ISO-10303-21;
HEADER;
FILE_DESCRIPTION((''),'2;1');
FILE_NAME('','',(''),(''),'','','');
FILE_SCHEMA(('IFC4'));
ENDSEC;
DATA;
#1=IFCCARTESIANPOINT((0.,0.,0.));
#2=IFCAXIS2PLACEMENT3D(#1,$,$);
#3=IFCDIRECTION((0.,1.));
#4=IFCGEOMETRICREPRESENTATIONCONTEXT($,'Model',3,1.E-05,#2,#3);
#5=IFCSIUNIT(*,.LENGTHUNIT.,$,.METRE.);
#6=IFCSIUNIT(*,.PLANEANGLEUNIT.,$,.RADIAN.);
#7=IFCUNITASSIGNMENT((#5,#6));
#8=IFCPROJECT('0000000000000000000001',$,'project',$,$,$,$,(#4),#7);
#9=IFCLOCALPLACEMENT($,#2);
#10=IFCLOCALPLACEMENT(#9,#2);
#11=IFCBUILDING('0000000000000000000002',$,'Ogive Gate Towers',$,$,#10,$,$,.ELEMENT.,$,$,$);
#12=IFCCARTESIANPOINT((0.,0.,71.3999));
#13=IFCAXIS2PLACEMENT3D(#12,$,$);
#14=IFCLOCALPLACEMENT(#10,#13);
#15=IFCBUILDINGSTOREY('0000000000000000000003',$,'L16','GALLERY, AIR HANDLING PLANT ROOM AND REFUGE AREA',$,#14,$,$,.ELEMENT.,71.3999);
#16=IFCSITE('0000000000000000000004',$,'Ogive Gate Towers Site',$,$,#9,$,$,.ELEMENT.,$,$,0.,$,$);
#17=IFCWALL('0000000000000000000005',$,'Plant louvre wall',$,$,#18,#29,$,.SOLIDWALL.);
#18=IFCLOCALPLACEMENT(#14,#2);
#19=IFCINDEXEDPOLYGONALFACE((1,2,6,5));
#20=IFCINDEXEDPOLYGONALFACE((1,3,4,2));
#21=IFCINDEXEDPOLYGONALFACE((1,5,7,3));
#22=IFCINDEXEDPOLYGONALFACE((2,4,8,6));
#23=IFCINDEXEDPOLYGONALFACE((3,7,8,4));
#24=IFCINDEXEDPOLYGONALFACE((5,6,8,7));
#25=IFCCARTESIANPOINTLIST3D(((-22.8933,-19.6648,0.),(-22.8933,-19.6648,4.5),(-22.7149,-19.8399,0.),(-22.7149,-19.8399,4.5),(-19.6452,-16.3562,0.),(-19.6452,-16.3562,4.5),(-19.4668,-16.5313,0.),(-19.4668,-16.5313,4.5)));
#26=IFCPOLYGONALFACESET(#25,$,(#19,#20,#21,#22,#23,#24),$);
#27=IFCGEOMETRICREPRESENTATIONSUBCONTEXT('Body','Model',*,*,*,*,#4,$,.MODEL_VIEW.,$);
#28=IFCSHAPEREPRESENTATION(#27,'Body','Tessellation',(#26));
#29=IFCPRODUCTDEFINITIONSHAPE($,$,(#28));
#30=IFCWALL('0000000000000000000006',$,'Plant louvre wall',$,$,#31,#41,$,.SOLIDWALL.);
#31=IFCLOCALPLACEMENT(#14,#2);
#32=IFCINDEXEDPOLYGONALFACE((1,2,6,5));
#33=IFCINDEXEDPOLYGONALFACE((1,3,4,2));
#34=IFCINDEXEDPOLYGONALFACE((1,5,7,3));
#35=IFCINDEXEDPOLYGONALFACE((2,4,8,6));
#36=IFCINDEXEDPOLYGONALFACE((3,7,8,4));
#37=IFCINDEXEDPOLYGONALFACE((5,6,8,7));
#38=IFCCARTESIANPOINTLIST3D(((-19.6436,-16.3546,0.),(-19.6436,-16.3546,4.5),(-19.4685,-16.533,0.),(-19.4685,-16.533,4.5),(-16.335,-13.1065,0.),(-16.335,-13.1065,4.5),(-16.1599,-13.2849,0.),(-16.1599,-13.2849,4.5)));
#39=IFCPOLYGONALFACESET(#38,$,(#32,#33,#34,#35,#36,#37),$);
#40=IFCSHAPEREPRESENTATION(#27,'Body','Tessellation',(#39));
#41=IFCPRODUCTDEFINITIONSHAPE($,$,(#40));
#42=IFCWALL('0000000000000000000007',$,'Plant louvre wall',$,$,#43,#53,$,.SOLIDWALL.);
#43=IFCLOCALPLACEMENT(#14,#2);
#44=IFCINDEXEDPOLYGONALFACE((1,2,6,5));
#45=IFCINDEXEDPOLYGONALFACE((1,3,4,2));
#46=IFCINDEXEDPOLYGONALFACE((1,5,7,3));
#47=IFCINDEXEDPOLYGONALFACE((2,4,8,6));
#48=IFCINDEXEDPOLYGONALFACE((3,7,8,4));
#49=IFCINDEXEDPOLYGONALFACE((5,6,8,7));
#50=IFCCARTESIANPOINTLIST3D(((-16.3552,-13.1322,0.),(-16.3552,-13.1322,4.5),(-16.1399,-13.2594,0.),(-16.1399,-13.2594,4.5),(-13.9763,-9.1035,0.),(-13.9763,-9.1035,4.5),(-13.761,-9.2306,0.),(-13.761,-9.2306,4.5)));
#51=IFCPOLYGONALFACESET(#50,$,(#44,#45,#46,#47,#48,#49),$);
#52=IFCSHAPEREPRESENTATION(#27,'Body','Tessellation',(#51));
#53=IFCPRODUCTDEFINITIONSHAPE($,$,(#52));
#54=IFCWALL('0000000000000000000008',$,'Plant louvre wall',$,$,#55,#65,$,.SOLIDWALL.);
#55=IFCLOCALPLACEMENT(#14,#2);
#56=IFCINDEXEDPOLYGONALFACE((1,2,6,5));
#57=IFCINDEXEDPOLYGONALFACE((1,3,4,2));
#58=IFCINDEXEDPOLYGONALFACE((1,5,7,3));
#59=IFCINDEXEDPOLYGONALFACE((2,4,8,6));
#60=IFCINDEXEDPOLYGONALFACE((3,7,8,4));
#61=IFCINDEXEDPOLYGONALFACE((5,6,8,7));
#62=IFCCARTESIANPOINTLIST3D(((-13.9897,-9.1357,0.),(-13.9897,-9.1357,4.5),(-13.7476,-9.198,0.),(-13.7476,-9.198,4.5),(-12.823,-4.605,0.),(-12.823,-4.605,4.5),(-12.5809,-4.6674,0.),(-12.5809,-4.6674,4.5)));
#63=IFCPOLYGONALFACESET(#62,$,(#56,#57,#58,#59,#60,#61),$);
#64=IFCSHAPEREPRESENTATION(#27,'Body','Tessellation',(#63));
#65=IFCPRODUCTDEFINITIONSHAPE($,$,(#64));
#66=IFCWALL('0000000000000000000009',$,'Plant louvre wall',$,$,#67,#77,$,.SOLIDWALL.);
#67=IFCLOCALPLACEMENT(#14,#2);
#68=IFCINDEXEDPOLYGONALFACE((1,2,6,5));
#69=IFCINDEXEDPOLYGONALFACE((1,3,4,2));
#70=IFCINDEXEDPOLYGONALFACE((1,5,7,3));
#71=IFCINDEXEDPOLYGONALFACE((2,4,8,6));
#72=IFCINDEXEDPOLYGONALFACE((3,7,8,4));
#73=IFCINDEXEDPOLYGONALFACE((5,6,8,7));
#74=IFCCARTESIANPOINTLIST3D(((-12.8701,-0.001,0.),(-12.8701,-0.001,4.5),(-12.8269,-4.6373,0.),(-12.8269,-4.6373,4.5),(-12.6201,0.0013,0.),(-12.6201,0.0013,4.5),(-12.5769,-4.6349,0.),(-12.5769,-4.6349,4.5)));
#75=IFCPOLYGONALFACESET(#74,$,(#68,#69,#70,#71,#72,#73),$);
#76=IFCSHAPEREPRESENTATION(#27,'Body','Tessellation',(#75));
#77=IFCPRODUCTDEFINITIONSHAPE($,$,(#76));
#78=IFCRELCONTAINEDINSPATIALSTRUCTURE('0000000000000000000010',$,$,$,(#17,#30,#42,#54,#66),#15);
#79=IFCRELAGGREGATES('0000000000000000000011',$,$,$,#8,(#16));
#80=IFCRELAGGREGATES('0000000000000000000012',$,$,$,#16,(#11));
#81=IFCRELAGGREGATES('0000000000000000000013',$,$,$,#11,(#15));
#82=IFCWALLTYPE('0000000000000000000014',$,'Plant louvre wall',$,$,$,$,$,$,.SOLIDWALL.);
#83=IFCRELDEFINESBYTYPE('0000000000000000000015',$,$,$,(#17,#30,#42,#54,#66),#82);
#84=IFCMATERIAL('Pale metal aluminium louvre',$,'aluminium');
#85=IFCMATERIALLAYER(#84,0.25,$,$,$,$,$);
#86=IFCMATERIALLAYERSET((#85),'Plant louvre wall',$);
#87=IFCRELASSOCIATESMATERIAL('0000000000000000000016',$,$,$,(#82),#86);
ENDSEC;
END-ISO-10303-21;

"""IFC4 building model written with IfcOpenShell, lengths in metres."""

from ifc_helpers import new_model, si_unit, direction, frame, frame_2d, origin, place, context, subcontext, project, spatial, rectangle, extrude, material, layer, layer_set, type_object, element, save


model = new_model("IFC4")

# Units and contexts
model_context = context("Model", 3, precision=1e-05, world=origin(), true_north=direction((0.0, 1.0)))
body_context = subcontext(model_context, "Body", "Model", "MODEL_VIEW")
ifc_project = project(units=[si_unit("LENGTHUNIT", "METRE"), si_unit("PLANEANGLEUNIT", "RADIAN")], contexts=[model_context])

# Site, building, storey
site_placement = place(None, origin())
site = spatial("IfcSite", under=ifc_project, at=site_placement, Name="Ogive Gate Towers Site", CompositionType="ELEMENT", RefElevation=0.0)
building_placement = place(site_placement, origin())
building = spatial("IfcBuilding", under=site, at=building_placement, Name="Ogive Gate Towers", CompositionType="ELEMENT")
storey_placement = place(building_placement, frame((0.0, 0.0, 71.3999)))
storey = spatial("IfcBuildingStorey", under=building, at=storey_placement, Name="L16", Description="GALLERY, AIR HANDLING PLANT ROOM AND REFUGE AREA", CompositionType="ELEMENT", Elevation=71.3999)

# Walls
ifc_material_1 = material(Name="Pale metal aluminium louvre", Category="aluminium")
ifc_layer_1 = layer(ifc_material_1, 0.25)
ifc_layer_set_1 = layer_set([ifc_layer_1], Name="Plant louvre wall")
wall_type_1 = type_object("IfcWallType", Name="Plant louvre wall", PredefinedType="SOLIDWALL", material=ifc_layer_set_1)
for number, where, z_axis, x_axis, name in (
    (1, (-22.8042, -19.7524, 0.0), (0.0, 0.0, 1.0), (0.700547, 0.713606, 0.0), "Plant louvre wall"),
    (2, (-19.5562, -16.4438, 0.0), (0.0, 0.0, 1.0), (0.713606, 0.700547, 0.0), "Plant louvre wall"),
):
    element("IfcWall", number, at=place(storey_placement, frame(where, z_axis=z_axis, x_axis=x_axis)), inside=storey, type_object=wall_type_1, Name=name, PredefinedType="SOLIDWALL", context=body_context, shape_type="SweptSolid", body=[
        extrude(rectangle(XDim=4.6365, YDim=0.25, at=frame_2d((2.3184, 0.0))), origin(), (0.0, 0.0, 1.0), 4.5),
    ])
wall_1_placement = place(storey_placement, frame((-16.2476, -13.1958, 0.0), z_axis=(0.0, 0.0, 1.0), x_axis=(0.508452, 0.861091, 0.0)))
element("IfcWall", 3, at=wall_1_placement, inside=storey, type_object=wall_type_1, Name="Plant louvre wall", PredefinedType="SOLIDWALL", context=body_context, shape_type="SweptSolid", body=[
    extrude(rectangle(XDim=4.6787, YDim=0.25, at=frame_2d((2.3394, 0.0))), origin(), (0.0, 0.0, 1.0), 4.5),
])
wall_2_placement = place(storey_placement, frame((-13.8687, -9.167, 0.0), z_axis=(0.0, 0.0, 1.0), x_axis=(0.249381, 0.968405, 0.0)))
element("IfcWall", 4, at=wall_2_placement, inside=storey, type_object=wall_type_1, Name="Plant louvre wall", PredefinedType="SOLIDWALL", context=body_context, shape_type="SweptSolid", body=[
    extrude(rectangle(XDim=4.6785, YDim=0.25, at=frame_2d((2.3394, 0.0))), origin(), (0.0, 0.0, 1.0), 4.5),
])
wall_3_placement = place(storey_placement, frame((-12.7019, -4.6362, 0.0), z_axis=(0.0, 0.0, 1.0), x_axis=(-0.00932, 0.999957, 0.0)))
element("IfcWall", 5, at=wall_3_placement, inside=storey, type_object=wall_type_1, Name="Plant louvre wall", PredefinedType="SOLIDWALL", context=body_context, shape_type="SweptSolid", body=[
    extrude(rectangle(XDim=4.6365, YDim=0.25, at=frame_2d((2.3184, 0.0))), origin(), (0.0, 0.0, 1.0), 4.5),
])

save(model, "model.ifc")
